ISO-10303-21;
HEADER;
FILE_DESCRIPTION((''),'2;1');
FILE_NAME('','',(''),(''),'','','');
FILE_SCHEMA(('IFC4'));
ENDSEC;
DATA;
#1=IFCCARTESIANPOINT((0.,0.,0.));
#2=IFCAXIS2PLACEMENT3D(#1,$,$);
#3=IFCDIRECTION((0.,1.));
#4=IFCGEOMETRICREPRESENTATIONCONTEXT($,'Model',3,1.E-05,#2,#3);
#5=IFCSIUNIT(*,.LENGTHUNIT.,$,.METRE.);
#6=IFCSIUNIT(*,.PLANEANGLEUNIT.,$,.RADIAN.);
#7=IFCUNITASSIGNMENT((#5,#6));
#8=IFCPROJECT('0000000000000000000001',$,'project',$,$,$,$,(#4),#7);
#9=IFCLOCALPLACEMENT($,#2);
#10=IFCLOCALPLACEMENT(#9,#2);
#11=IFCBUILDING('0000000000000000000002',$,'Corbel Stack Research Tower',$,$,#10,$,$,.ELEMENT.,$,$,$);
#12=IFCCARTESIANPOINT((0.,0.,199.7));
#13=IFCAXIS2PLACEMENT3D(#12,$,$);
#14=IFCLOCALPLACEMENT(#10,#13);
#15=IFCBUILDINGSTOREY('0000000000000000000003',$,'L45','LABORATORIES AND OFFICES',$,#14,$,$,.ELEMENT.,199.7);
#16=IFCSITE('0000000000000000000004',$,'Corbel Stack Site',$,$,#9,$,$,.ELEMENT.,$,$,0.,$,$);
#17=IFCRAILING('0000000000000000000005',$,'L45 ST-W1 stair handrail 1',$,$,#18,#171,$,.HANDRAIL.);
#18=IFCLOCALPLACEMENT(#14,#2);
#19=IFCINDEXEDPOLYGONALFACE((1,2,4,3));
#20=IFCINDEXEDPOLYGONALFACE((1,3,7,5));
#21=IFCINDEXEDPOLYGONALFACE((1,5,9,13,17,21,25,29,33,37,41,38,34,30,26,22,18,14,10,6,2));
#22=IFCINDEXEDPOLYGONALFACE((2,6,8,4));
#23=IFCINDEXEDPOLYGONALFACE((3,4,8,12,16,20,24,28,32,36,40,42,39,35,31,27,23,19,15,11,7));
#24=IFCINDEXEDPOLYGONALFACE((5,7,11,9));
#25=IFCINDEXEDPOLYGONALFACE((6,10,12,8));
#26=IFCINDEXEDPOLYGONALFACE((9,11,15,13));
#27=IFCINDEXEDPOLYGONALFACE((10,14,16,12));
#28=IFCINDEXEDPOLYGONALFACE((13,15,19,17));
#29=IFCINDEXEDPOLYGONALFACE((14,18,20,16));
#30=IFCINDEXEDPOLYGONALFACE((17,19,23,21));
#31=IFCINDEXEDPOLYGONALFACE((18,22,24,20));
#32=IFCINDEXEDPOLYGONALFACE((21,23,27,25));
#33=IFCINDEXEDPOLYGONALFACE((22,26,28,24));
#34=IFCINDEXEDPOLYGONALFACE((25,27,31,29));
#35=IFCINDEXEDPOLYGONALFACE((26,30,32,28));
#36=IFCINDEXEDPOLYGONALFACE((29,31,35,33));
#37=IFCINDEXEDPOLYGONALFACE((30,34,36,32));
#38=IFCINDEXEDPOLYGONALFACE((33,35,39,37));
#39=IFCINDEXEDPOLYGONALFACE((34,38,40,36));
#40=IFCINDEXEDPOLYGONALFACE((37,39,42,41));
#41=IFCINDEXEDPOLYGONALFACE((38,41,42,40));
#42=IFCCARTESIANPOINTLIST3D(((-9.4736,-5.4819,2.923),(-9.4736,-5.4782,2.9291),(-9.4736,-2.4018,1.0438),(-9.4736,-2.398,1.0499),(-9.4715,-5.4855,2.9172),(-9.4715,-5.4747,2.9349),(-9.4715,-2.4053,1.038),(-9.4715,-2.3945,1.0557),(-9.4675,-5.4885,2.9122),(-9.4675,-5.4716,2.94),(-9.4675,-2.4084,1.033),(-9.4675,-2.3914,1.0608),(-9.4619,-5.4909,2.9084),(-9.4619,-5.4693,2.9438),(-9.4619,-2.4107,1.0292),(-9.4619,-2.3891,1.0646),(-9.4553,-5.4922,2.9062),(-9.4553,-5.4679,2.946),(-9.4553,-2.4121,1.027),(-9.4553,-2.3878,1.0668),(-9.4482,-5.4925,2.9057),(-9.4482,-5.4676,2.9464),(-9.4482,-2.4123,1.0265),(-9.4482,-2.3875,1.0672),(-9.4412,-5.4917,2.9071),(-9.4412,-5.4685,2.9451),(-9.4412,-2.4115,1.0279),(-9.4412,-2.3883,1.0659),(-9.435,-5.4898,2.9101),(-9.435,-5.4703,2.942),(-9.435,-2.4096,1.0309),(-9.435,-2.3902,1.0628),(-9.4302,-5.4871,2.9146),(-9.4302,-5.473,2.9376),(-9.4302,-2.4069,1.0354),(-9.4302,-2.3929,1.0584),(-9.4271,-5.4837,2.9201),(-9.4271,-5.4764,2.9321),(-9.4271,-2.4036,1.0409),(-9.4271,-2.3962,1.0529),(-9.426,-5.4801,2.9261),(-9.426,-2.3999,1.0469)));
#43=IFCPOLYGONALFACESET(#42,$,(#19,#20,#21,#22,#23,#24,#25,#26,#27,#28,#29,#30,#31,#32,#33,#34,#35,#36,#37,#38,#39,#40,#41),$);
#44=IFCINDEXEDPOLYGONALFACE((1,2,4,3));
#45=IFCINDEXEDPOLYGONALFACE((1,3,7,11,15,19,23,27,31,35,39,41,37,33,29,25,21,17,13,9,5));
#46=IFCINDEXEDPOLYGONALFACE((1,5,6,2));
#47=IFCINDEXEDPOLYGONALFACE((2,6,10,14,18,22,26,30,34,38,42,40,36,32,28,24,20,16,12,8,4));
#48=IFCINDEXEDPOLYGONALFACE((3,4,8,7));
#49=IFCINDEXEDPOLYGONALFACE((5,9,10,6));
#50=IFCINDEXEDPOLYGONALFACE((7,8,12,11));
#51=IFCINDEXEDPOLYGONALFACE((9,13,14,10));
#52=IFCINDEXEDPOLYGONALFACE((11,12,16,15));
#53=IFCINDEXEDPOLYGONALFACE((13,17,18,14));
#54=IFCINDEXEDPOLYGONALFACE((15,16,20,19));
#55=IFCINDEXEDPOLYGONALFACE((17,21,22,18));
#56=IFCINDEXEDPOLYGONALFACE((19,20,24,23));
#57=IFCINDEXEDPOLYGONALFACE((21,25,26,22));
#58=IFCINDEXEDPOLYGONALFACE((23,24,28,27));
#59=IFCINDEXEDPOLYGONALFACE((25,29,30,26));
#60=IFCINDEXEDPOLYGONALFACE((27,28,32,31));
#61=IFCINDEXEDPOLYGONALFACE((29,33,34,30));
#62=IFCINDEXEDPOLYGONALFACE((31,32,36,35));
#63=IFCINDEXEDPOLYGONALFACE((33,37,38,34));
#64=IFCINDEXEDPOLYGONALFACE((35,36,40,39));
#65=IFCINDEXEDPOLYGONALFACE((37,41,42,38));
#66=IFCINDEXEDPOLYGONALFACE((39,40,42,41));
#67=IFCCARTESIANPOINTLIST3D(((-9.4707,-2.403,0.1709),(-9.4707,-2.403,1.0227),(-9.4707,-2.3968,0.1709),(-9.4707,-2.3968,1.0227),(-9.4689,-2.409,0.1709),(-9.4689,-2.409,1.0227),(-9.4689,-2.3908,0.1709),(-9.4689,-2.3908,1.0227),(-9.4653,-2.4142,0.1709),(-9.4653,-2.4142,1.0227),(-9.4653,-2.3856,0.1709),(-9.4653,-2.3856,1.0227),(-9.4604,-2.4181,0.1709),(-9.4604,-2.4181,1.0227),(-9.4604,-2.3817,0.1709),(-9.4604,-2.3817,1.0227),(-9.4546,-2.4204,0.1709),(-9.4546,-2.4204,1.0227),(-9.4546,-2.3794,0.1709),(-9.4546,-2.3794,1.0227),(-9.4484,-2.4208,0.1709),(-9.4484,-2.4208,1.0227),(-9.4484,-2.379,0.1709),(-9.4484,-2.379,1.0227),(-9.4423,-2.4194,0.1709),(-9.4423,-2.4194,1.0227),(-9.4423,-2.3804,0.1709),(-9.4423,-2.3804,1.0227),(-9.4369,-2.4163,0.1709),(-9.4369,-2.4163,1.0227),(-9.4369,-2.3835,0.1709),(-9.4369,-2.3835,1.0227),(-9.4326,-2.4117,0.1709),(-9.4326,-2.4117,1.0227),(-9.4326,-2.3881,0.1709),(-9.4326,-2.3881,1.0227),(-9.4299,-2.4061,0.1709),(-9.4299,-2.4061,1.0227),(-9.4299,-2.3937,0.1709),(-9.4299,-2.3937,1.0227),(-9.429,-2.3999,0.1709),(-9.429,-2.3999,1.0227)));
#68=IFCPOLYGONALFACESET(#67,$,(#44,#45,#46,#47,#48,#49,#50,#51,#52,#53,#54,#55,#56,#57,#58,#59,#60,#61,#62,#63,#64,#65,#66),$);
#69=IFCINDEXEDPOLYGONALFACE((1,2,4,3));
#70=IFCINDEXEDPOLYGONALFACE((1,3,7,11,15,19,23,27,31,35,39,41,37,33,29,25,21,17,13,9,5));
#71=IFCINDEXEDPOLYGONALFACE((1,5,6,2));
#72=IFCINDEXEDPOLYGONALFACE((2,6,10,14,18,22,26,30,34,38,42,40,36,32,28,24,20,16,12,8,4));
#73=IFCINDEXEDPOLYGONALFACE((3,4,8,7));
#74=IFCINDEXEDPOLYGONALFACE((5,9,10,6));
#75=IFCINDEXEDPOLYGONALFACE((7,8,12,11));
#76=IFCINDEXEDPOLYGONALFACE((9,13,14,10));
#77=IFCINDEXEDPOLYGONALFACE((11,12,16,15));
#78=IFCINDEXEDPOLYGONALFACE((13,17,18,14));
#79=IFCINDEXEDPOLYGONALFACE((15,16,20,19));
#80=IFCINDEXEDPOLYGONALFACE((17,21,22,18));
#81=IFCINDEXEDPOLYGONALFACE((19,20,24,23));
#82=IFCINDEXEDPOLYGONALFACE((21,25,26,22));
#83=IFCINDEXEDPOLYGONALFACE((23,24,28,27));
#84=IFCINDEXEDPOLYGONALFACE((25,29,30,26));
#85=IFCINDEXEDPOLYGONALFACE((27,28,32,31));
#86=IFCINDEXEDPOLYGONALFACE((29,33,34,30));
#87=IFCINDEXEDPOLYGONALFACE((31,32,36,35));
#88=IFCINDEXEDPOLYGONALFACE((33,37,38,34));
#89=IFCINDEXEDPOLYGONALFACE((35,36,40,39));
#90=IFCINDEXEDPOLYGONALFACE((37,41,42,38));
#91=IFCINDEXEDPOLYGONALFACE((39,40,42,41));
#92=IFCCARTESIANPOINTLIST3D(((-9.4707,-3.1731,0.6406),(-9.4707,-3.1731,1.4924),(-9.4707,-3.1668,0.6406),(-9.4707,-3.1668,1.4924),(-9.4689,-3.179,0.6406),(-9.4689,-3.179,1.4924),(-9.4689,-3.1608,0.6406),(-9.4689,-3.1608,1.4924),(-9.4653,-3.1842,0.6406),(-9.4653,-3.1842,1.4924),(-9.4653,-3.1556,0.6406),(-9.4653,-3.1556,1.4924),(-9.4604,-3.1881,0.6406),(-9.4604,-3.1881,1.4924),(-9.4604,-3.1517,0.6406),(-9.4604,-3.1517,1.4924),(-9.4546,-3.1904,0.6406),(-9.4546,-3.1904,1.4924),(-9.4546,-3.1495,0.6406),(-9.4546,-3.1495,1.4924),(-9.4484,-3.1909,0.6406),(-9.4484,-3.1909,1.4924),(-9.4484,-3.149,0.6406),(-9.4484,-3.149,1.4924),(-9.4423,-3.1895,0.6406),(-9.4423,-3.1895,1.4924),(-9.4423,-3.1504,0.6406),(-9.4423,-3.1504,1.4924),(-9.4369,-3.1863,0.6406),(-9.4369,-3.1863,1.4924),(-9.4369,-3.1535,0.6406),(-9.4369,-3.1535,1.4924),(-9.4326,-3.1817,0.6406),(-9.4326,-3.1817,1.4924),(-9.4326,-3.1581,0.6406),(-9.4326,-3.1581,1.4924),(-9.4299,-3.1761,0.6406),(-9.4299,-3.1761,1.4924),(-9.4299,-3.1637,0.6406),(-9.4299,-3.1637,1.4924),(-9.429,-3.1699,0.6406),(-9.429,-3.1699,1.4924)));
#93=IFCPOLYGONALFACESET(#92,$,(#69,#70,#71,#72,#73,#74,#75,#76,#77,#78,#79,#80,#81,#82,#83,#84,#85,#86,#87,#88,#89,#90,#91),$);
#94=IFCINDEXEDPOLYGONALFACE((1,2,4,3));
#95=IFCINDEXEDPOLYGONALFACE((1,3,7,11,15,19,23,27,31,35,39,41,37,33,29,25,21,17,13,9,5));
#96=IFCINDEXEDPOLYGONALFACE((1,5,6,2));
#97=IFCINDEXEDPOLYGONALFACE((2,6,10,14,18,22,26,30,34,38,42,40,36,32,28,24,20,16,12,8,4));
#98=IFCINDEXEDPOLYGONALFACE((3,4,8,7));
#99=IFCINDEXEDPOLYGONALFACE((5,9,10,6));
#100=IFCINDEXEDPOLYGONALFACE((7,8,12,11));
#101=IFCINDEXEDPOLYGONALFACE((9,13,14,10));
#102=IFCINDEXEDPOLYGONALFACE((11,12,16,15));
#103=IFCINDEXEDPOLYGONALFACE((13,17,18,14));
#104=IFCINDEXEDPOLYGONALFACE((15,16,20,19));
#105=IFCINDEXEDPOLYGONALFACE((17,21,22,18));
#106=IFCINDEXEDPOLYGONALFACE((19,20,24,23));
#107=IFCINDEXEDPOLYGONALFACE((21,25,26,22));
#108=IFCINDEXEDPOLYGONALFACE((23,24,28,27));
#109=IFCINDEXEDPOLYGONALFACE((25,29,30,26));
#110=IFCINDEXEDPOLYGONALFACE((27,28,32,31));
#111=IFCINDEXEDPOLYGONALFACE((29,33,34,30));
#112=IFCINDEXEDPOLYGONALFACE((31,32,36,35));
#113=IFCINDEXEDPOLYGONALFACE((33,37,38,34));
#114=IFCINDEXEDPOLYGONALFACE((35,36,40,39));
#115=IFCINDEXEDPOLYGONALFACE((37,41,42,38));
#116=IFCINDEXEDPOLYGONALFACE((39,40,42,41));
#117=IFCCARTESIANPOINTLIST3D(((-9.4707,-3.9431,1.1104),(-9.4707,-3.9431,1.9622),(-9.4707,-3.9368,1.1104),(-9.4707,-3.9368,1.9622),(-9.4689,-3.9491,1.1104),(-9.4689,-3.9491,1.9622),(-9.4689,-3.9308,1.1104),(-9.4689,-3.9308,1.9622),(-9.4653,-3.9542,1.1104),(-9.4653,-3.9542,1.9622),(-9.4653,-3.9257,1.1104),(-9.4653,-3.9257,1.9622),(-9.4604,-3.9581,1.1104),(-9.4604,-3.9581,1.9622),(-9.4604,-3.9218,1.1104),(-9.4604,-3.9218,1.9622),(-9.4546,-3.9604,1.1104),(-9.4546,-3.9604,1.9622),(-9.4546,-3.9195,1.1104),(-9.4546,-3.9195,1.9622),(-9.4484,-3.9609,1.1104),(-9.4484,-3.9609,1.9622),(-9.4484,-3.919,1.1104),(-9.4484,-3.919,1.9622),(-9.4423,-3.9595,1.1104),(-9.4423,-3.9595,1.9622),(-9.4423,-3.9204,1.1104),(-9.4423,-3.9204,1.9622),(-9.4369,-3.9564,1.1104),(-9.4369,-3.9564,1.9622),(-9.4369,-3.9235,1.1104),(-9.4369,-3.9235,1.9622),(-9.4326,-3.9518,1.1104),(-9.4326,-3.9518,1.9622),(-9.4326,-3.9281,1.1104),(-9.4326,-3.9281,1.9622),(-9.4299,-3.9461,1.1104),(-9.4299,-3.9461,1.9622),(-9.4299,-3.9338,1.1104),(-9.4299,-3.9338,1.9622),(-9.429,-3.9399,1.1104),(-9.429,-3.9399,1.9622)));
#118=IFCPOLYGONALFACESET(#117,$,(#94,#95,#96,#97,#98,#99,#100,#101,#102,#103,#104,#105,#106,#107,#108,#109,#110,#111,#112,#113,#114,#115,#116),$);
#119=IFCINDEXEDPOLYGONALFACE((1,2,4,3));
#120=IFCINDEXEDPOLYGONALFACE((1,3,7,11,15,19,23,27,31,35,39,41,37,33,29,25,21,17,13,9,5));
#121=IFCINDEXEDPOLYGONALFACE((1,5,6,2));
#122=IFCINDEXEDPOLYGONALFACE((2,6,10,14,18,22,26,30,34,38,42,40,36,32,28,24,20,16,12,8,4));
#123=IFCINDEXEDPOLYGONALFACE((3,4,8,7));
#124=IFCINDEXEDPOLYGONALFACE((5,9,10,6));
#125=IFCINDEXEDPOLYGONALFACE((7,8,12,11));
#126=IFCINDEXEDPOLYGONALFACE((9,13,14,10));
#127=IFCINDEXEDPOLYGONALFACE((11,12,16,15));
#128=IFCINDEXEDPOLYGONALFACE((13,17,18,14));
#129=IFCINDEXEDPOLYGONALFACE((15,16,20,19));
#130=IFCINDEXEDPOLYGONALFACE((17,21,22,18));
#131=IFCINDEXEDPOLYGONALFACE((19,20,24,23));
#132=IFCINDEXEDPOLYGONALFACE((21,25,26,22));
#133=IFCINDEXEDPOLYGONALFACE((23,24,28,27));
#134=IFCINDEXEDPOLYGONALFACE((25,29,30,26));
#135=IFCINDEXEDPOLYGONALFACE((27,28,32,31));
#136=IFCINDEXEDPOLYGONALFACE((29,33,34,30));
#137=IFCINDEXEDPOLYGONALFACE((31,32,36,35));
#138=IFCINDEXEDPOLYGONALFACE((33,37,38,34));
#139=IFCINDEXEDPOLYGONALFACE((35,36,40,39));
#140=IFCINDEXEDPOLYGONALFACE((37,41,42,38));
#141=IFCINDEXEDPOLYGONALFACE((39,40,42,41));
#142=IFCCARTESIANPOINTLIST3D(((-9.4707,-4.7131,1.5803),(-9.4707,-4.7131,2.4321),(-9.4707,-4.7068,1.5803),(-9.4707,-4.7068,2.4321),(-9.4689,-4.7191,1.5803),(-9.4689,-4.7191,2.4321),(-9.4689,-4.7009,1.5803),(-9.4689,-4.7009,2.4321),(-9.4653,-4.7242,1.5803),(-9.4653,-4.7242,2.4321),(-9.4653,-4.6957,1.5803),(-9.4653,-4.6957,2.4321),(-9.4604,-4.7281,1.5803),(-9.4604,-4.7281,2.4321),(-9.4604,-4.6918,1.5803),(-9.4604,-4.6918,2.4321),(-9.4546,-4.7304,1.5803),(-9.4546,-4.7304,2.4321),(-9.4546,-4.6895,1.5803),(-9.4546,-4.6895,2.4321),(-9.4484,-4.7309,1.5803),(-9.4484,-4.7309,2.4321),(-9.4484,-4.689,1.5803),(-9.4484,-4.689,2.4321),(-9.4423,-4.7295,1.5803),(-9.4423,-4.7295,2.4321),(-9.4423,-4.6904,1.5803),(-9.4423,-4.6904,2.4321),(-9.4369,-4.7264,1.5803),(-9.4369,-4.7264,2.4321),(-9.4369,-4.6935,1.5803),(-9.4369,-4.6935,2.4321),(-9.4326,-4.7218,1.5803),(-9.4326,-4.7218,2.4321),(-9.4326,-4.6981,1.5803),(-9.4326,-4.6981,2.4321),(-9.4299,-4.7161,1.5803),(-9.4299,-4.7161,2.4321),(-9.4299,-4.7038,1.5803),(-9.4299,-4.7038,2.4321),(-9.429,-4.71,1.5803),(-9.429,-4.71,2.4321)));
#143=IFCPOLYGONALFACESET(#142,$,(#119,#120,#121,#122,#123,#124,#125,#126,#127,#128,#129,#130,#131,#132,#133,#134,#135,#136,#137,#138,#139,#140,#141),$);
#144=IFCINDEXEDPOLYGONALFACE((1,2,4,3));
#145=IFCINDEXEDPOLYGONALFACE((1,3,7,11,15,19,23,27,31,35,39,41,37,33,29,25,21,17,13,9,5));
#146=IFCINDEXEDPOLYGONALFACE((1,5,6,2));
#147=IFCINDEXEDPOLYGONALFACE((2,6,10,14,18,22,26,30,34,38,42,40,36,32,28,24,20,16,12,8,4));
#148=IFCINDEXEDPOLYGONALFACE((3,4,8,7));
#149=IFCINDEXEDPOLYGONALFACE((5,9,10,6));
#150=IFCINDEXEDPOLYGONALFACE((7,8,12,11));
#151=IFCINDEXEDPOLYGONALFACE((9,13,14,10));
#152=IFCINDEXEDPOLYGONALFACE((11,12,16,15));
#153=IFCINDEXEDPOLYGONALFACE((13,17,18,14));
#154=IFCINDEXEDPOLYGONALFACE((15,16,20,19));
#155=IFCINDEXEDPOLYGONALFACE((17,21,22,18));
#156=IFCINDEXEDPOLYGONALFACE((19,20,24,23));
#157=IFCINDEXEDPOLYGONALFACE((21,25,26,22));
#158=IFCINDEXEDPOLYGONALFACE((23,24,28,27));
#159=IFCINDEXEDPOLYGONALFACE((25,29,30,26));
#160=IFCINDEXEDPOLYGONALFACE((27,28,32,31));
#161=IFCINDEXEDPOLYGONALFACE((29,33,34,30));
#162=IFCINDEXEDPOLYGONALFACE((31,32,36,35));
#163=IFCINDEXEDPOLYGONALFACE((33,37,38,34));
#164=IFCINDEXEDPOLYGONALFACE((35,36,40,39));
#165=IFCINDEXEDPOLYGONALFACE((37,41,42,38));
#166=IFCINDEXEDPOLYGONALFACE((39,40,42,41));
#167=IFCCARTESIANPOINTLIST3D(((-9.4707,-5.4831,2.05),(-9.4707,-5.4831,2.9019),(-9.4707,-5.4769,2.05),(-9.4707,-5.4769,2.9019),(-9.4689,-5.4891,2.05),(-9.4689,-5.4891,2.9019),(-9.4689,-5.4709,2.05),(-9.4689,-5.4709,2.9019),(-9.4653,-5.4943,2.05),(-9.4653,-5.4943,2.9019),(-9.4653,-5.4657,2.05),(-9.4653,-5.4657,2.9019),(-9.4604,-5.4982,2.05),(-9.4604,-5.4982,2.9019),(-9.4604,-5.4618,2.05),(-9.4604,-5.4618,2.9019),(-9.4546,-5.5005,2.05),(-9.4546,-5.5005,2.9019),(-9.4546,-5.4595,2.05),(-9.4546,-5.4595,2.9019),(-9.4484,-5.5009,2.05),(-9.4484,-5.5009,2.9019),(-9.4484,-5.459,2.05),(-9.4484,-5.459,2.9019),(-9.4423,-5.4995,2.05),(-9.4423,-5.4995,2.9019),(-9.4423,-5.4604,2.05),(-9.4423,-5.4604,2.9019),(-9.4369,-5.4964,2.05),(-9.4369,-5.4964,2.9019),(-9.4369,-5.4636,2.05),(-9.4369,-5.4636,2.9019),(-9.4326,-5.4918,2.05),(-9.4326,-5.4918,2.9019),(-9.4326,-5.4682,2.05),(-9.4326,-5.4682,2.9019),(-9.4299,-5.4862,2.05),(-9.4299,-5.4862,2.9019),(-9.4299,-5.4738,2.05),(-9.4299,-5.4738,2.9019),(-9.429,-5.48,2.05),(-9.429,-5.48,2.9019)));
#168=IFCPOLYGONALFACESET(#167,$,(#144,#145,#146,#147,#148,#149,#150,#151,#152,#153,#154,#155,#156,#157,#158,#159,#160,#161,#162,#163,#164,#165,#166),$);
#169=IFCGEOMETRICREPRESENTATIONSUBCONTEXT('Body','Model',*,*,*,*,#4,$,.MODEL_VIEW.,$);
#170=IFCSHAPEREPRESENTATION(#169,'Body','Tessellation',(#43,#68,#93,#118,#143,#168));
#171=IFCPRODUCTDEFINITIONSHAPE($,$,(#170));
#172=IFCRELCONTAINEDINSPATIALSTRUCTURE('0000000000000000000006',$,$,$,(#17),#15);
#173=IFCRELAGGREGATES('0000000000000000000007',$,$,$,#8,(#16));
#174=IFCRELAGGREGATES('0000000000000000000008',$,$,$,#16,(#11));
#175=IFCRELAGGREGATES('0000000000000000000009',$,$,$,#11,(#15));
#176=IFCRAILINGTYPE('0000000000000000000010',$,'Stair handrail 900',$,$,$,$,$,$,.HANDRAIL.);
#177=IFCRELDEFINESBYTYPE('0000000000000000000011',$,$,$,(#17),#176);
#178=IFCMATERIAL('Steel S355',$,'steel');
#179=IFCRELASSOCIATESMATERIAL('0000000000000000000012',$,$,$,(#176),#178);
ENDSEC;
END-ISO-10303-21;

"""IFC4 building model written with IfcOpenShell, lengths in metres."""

from ifc_helpers import new_model, si_unit, direction, frame, origin, origin_2d, place, context, subcontext, project, spatial, circle, extrude, material, type_object, element, save


model = new_model("IFC4")

# Units and contexts
model_context = context("Model", 3, precision=1e-05, world=origin(), true_north=direction((0.0, 1.0)))
body_context = subcontext(model_context, "Body", "Model", "MODEL_VIEW")
ifc_project = project(units=[si_unit("LENGTHUNIT", "METRE"), si_unit("PLANEANGLEUNIT", "RADIAN")], contexts=[model_context])

# Site, building, storey
site_placement = place(None, origin())
site = spatial("IfcSite", under=ifc_project, at=site_placement, Name="Corbel Stack Site", CompositionType="ELEMENT", RefElevation=0.0)
building_placement = place(site_placement, origin())
building = spatial("IfcBuilding", under=site, at=building_placement, Name="Corbel Stack Research Tower", CompositionType="ELEMENT")
storey_placement = place(building_placement, frame((0.0, 0.0, 199.7)))
storey = spatial("IfcBuildingStorey", under=building, at=storey_placement, Name="L45", Description="LABORATORIES AND OFFICES", CompositionType="ELEMENT", Elevation=199.7)

# Railing
ifc_material_1 = material(Name="Steel S355", Category="steel")
railing_type_1 = type_object("IfcRailingType", Name="Stair handrail 900", PredefinedType="HANDRAIL", material=ifc_material_1)
railing_1_placement = place(storey_placement, frame((-9.45, -2.3999, 0.1709)))
element("IfcRailing", 1, at=railing_1_placement, inside=storey, type_object=railing_type_1, Name="L45 ST-W1 stair handrail 1", PredefinedType="HANDRAIL", context=body_context, shape_type="SweptSolid", body=[
    extrude(circle(Radius=0.0239, at=origin_2d()), frame((0.0, 0.0, 0.876), z_axis=(0.0, -0.853666, 0.52082), x_axis=(1.0, 0.0, 0.0)), (0.0, 0.0, 1.0), 3.6082),
    extrude(circle(Radius=0.021, at=origin_2d()), origin(), (0.0, 0.0, 1.0), 0.8518),
    extrude(circle(Radius=0.021, at=origin_2d()), frame((0.0, -0.77, 0.4697)), (0.0, 0.0, 1.0), 0.8518),
    extrude(circle(Radius=0.021, at=origin_2d()), frame((0.0, -1.54, 0.9395)), (0.0, 0.0, 1.0), 0.8518),
    extrude(circle(Radius=0.021, at=origin_2d()), frame((0.0, -2.3101, 1.4094)), (0.0, 0.0, 1.0), 0.8518),
    extrude(circle(Radius=0.021, at=origin_2d()), frame((0.0, -3.0801, 1.8792)), (0.0, 0.0, 1.0), 0.8518),
])

save(model, "model.ifc")
